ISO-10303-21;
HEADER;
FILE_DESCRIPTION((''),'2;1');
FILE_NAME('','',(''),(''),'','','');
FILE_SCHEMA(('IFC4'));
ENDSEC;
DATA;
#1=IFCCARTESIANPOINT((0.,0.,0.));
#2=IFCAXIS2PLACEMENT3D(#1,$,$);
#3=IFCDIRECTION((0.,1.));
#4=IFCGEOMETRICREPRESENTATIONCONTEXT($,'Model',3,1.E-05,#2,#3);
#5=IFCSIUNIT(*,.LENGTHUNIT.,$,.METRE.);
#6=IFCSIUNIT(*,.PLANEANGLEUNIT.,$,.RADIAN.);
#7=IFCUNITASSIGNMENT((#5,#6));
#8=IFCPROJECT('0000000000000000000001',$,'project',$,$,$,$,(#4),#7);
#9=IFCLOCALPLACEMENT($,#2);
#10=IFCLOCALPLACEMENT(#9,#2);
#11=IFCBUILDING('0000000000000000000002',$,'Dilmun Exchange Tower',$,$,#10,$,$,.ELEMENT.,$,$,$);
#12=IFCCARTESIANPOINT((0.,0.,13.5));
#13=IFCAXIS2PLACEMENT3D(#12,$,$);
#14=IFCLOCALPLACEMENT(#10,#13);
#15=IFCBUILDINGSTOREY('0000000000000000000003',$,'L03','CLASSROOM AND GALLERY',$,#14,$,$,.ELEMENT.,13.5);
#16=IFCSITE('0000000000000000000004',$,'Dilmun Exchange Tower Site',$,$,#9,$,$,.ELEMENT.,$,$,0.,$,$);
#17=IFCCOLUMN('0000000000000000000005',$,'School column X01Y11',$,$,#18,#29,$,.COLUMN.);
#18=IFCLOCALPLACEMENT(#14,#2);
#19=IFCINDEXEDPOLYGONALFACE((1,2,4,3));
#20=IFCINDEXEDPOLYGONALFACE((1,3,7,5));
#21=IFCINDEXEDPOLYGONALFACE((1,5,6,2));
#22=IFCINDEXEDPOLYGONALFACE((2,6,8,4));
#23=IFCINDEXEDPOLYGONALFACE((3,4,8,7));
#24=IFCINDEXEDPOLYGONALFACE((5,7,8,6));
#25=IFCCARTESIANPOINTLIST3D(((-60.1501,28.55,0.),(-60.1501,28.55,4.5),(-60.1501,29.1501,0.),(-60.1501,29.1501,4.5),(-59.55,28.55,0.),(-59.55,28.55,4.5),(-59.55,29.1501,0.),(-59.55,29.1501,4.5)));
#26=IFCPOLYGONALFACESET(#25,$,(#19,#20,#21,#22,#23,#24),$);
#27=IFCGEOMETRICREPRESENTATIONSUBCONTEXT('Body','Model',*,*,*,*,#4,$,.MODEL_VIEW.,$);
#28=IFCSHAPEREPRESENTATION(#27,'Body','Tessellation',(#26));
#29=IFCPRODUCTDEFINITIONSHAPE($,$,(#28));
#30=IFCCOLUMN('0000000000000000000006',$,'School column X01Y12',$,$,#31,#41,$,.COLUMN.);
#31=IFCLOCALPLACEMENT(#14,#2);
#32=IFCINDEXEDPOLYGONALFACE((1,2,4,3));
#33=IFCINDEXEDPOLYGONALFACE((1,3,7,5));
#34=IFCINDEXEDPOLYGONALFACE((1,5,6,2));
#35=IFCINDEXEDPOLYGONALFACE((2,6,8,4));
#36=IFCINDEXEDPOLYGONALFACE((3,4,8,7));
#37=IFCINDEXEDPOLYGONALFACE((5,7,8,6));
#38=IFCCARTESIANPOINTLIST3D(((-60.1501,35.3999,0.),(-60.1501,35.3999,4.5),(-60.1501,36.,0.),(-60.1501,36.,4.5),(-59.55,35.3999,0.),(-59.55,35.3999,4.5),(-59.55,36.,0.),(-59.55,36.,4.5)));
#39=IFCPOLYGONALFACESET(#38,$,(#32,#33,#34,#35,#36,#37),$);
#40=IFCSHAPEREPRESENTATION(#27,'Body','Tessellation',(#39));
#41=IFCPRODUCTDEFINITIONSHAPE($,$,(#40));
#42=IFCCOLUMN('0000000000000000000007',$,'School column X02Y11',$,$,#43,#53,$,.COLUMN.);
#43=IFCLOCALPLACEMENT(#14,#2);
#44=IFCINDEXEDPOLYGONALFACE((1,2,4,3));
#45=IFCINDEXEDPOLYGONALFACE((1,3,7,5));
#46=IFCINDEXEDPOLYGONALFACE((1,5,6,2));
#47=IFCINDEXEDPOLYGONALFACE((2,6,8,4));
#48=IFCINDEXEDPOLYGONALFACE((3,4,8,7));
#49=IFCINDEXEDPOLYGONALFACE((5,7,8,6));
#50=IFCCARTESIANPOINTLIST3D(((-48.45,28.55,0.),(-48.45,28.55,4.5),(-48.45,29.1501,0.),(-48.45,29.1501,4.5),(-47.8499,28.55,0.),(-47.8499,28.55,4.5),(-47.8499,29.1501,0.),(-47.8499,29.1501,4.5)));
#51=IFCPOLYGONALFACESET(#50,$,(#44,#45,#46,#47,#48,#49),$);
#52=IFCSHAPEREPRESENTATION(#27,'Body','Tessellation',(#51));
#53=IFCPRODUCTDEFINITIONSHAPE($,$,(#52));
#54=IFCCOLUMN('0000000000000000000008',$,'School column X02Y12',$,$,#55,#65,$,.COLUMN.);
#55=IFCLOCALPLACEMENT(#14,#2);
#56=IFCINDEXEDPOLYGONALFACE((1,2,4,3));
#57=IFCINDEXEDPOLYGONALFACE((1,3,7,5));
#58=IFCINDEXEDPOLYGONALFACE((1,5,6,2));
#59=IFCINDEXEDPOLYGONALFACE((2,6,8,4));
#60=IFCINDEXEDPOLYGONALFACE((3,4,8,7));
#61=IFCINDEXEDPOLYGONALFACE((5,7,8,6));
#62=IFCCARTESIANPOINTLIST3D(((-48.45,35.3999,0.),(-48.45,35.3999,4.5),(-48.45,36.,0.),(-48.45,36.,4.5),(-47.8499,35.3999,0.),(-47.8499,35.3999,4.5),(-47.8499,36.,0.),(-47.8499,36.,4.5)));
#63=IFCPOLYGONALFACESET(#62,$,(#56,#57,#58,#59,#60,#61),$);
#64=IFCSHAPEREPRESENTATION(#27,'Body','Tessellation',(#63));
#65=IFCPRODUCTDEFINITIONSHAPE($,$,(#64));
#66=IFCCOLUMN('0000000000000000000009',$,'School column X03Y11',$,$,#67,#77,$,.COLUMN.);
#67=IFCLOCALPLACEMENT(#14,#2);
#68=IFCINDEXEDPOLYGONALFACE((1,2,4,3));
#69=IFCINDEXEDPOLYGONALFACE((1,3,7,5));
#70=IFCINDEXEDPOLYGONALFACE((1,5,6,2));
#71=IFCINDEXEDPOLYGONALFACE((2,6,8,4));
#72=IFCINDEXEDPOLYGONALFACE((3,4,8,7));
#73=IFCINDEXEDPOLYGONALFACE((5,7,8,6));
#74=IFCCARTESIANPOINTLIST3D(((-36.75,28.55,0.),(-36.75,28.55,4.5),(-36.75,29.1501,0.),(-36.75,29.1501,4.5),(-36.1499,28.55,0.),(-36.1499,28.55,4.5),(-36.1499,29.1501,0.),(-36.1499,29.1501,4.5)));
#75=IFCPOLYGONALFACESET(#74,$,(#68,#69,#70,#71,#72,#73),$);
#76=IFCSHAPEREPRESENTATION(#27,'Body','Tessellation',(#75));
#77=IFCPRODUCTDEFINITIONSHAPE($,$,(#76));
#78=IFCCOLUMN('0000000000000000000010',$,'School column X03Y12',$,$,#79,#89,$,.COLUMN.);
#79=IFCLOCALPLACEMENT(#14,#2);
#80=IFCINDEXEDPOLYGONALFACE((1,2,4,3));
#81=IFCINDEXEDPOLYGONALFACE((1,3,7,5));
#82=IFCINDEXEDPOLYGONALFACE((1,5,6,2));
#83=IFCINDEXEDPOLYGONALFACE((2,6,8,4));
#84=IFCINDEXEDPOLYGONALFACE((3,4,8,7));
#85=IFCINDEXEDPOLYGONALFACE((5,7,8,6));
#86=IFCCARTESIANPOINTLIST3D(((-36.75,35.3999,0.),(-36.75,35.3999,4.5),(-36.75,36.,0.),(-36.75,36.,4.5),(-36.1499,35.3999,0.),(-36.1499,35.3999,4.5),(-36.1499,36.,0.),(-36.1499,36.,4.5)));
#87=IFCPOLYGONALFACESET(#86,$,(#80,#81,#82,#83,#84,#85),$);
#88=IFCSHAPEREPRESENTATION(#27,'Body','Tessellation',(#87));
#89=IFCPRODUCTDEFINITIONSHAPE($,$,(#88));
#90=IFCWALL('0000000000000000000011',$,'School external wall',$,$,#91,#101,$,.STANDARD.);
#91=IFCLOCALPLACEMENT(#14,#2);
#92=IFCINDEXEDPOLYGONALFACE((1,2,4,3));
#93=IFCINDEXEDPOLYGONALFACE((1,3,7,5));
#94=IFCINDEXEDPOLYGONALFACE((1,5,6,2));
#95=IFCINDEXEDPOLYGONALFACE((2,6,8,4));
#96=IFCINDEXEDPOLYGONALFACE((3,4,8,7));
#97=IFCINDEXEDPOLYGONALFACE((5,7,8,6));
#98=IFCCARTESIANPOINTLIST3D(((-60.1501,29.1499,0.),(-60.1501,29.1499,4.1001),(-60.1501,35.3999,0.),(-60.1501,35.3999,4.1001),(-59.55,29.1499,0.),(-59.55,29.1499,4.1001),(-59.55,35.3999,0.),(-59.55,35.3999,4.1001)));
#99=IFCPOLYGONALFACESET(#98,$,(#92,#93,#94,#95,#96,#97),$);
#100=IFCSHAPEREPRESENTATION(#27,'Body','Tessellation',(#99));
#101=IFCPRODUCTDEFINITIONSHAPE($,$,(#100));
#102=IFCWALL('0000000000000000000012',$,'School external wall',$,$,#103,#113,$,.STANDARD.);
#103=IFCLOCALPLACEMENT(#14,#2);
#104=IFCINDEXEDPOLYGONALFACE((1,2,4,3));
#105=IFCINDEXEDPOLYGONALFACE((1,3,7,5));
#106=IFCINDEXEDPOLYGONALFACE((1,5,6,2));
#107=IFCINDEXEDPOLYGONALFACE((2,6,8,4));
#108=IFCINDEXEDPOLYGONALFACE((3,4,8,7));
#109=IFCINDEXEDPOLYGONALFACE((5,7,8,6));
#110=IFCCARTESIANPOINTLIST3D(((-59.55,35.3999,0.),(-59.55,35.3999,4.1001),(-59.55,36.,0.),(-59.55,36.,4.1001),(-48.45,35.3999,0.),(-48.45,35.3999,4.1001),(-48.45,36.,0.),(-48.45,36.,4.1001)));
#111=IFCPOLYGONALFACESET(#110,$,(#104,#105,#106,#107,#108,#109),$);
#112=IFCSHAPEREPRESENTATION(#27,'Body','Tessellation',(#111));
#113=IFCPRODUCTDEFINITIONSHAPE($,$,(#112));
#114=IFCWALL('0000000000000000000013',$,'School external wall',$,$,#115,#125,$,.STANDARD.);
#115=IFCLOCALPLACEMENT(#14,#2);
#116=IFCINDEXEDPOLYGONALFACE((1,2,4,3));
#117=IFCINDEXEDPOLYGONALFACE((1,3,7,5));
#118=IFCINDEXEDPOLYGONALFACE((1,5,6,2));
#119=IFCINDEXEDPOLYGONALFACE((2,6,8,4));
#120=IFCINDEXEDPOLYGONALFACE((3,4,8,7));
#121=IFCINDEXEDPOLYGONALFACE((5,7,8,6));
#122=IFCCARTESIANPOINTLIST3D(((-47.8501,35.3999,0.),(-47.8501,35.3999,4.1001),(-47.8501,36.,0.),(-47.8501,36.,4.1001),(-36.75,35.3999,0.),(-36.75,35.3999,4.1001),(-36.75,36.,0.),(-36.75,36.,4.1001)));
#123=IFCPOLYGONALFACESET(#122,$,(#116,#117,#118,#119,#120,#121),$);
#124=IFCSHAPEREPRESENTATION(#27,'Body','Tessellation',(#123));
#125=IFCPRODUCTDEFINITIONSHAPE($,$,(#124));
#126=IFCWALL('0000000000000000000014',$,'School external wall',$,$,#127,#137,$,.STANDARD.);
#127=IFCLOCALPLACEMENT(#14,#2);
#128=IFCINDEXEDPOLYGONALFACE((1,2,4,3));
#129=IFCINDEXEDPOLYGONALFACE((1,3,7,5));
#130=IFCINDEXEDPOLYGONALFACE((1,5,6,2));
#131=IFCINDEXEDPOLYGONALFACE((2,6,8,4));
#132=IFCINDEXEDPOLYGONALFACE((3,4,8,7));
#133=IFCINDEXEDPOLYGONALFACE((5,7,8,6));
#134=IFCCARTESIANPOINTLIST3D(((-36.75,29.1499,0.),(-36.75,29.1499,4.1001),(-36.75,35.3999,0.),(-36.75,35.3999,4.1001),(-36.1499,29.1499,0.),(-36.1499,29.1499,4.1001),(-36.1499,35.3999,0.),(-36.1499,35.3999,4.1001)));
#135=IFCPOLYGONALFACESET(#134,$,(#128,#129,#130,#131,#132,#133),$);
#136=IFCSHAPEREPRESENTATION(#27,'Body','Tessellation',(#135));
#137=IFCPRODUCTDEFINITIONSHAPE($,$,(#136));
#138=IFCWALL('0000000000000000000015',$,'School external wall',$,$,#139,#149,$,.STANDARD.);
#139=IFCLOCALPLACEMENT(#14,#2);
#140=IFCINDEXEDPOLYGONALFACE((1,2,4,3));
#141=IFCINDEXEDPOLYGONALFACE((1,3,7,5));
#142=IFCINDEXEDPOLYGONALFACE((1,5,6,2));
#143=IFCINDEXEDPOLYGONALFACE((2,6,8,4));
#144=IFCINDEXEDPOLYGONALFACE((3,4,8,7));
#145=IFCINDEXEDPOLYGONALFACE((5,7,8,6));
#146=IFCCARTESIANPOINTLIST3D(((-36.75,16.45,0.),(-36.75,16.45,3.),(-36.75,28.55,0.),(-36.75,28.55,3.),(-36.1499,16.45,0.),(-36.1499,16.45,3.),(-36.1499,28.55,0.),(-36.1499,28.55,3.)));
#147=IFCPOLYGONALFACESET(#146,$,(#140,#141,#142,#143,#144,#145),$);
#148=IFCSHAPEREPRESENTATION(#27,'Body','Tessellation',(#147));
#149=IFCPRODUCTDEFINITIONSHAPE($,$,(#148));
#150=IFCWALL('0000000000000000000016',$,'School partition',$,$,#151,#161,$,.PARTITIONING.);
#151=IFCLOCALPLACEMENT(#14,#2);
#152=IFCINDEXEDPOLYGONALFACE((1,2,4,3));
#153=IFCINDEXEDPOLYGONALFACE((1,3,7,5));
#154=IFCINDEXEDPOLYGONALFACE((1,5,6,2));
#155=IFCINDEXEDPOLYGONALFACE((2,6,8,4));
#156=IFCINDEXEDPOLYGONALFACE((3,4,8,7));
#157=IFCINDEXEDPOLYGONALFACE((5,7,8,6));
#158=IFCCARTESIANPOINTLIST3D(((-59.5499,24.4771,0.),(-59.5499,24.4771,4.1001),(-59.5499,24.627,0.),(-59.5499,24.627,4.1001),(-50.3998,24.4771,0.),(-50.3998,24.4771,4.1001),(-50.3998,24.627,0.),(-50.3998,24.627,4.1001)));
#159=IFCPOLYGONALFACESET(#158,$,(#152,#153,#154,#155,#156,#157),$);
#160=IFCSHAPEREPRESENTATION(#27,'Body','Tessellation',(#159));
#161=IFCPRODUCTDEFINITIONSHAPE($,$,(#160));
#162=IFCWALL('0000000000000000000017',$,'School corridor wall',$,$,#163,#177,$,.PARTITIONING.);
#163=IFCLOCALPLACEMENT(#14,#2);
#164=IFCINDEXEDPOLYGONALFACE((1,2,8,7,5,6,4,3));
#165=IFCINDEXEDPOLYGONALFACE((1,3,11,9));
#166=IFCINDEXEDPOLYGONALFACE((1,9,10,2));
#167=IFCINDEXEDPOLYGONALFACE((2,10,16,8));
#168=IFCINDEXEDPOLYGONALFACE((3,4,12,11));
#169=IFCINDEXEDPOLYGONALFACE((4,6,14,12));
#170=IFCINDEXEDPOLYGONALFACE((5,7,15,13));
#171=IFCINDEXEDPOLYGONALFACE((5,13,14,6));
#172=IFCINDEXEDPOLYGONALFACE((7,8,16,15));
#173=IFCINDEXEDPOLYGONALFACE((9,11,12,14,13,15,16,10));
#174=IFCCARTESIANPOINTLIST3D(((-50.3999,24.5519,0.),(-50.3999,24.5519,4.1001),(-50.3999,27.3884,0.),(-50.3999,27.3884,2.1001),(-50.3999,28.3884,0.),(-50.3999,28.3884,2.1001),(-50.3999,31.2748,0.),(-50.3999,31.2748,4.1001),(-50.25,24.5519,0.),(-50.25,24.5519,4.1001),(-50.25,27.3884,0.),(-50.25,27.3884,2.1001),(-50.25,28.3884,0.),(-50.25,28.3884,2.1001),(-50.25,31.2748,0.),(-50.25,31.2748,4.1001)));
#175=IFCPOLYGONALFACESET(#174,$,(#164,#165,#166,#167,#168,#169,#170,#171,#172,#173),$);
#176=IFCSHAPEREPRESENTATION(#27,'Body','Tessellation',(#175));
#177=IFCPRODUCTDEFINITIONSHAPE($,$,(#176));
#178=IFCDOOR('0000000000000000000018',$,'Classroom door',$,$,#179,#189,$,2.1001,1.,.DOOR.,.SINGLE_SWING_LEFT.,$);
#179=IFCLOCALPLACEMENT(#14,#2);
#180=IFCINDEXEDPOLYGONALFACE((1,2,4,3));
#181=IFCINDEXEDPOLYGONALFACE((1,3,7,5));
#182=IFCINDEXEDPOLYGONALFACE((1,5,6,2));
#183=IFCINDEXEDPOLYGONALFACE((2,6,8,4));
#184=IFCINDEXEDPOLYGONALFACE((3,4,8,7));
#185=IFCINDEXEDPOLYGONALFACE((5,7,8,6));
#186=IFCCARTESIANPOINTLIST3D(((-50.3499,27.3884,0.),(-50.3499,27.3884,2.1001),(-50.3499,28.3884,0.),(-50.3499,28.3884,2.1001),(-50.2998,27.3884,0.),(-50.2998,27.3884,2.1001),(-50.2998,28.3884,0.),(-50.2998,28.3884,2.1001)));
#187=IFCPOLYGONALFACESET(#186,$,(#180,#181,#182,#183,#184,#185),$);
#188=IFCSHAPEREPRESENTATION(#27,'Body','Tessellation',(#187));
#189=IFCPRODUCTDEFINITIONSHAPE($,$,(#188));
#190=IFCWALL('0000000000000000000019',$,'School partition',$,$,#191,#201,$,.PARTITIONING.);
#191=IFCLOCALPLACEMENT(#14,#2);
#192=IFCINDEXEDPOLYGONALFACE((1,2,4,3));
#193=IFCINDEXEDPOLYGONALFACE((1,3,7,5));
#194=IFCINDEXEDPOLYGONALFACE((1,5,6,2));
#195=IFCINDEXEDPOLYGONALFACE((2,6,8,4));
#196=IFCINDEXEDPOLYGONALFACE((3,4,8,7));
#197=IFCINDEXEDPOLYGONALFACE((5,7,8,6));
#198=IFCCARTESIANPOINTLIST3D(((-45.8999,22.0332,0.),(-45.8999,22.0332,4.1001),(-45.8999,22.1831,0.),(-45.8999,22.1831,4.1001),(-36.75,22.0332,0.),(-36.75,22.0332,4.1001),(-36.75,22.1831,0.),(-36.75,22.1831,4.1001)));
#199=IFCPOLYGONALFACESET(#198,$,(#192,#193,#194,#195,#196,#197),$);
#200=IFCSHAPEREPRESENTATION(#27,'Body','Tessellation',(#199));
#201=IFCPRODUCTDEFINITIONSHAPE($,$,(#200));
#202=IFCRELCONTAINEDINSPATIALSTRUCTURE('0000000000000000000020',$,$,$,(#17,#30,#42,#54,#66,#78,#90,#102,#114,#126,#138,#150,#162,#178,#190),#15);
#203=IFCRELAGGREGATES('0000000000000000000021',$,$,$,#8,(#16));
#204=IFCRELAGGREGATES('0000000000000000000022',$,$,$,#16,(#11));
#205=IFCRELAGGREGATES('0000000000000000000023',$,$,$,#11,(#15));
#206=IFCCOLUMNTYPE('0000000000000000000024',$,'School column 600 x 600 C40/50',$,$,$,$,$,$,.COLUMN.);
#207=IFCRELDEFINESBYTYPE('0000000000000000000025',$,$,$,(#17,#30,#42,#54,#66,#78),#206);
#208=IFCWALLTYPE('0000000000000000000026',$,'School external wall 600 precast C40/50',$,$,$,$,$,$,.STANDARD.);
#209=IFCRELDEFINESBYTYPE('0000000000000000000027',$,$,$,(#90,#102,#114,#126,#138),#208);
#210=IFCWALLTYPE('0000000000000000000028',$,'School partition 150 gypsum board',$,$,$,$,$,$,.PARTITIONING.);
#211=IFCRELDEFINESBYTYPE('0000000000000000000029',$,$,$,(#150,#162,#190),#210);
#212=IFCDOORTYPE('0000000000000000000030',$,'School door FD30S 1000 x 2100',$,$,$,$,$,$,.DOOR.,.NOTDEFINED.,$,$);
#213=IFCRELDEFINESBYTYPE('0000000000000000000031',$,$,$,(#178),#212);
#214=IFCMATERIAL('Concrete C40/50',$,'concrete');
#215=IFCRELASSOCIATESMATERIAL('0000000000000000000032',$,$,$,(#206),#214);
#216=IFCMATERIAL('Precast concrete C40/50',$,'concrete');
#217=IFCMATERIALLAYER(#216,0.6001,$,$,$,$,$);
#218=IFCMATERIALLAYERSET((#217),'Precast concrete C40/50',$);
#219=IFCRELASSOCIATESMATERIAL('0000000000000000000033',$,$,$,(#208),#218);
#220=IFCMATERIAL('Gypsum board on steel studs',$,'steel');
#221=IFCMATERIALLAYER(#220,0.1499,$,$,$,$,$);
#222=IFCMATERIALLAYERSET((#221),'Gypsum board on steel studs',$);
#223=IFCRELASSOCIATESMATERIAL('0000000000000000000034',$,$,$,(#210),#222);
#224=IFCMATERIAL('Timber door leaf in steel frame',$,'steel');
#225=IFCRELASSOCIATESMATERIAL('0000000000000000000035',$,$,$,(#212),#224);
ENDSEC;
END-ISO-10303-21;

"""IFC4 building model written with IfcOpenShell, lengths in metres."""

from ifc_helpers import new_model, si_unit, direction, frame, frame_2d, origin, origin_2d, place, context, subcontext, project, spatial, rectangle, extrude, material, layer, layer_set, material_profile, profile_set, type_object, element, fill, save


model = new_model("IFC4")

# Units and contexts
model_context = context("Model", 3, precision=1e-05, world=origin(), true_north=direction((0.0, 1.0)))
body_context = subcontext(model_context, "Body", "Model", "MODEL_VIEW")
ifc_project = project(units=[si_unit("LENGTHUNIT", "METRE"), si_unit("PLANEANGLEUNIT", "RADIAN")], contexts=[model_context])

# Site, building, storey
site_placement = place(None, origin())
site = spatial("IfcSite", under=ifc_project, at=site_placement, Name="Dilmun Exchange Tower Site", CompositionType="ELEMENT", RefElevation=0.0)
building_placement = place(site_placement, origin())
building = spatial("IfcBuilding", under=site, at=building_placement, Name="Dilmun Exchange Tower", CompositionType="ELEMENT")
storey_placement = place(building_placement, frame((0.0, 0.0, 13.5)))
storey = spatial("IfcBuildingStorey", under=building, at=storey_placement, Name="L03", Description="CLASSROOM AND GALLERY", CompositionType="ELEMENT", Elevation=13.5)

# Columns
ifc_material_1 = material(Name="Concrete C40/50", Category="concrete")
ifc_material_profile = material_profile(ifc_material_1, rectangle(XDim=0.6001, YDim=0.6001, at=origin_2d()), Name="600 x 600")
ifc_profile_set = profile_set([ifc_material_profile], Name="Concrete C40/50")
column_type = type_object("IfcColumnType", Name="School column 600 x 600 C40/50", PredefinedType="COLUMN", material=ifc_profile_set)
for number, where, z_axis, x_axis, name in (
    (1, (-59.8501, 28.8501, 0.0), (0.0, 0.0, 1.0), (1.0, 0.0, 0.0), "School column X01Y11"),
    (2, (-59.8501, 35.7, 0.0), (0.0, 0.0, 1.0), (1.0, 0.0, 0.0), "School column X01Y12"),
    (3, (-48.1499, 28.8501, 0.0), (0.0, 0.0, 1.0), (1.0, 0.0, 0.0), "School column X02Y11"),
    (4, (-48.1499, 35.7, 0.0), (0.0, 0.0, 1.0), (1.0, 0.0, 0.0), "School column X02Y12"),
    (5, (-36.45, 28.8501, 0.0), (0.0, 0.0, 1.0), (1.0, 0.0, 0.0), "School column X03Y11"),
    (6, (-36.45, 35.7, 0.0), (0.0, 0.0, 1.0), (1.0, 0.0, 0.0), "School column X03Y12"),
):
    element("IfcColumn", number, at=place(storey_placement, frame(where, z_axis=z_axis, x_axis=x_axis)), inside=storey, type_object=column_type, Name=name, PredefinedType="COLUMN", context=body_context, shape_type="SweptSolid", body=[
        extrude(rectangle(XDim=0.6001, YDim=0.6001, at=origin_2d()), origin(), (0.0, 0.0, 1.0), 4.5),
    ])

# Walls
ifc_material_2 = material(Name="Precast concrete C40/50", Category="concrete")
ifc_layer_1 = layer(ifc_material_2, 0.6001)
ifc_layer_set_1 = layer_set([ifc_layer_1], Name="Precast concrete C40/50")
wall_type_1 = type_object("IfcWallType", Name="School external wall 600 precast C40/50", PredefinedType="STANDARD", material=ifc_layer_set_1)
wall_1_placement = place(storey_placement, frame((-59.8501, 29.1499, 0.0), z_axis=(0.0, 0.0, 1.0), x_axis=(0.0, 1.0, 0.0)))
element("IfcWall", 7, at=wall_1_placement, inside=storey, type_object=wall_type_1, Name="School external wall", PredefinedType="STANDARD", context=body_context, shape_type="SweptSolid", body=[
    extrude(rectangle(XDim=6.25, YDim=0.6001, at=frame_2d((3.125, 0.0))), origin(), (0.0, 0.0, 1.0), 4.1001),
])
for number, where, z_axis, x_axis, name in (
    (8, (-59.55, 35.7, 0.0), (0.0, 0.0, 1.0), (1.0, 0.0, 0.0), "School external wall"),
    (9, (-47.8501, 35.7, 0.0), (0.0, 0.0, 1.0), (1.0, 0.0, 0.0), "School external wall"),
):
    element("IfcWall", number, at=place(storey_placement, frame(where, z_axis=z_axis, x_axis=x_axis)), inside=storey, type_object=wall_type_1, Name=name, PredefinedType="STANDARD", context=body_context, shape_type="SweptSolid", body=[
        extrude(rectangle(XDim=11.1001, YDim=0.6001, at=frame_2d((5.55, 0.0))), origin(), (0.0, 0.0, 1.0), 4.1001),
    ])
wall_2_placement = place(storey_placement, frame((-36.45, 35.3999, 0.0), z_axis=(0.0, 0.0, 1.0), x_axis=(0.0, -1.0, 0.0)))
element("IfcWall", 10, at=wall_2_placement, inside=storey, type_object=wall_type_1, Name="School external wall", PredefinedType="STANDARD", context=body_context, shape_type="SweptSolid", body=[
    extrude(rectangle(XDim=6.25, YDim=0.6001, at=frame_2d((3.125, 0.0))), origin(), (0.0, 0.0, 1.0), 4.1001),
])
wall_3_placement = place(storey_placement, frame((-36.45, 28.55, 0.0), z_axis=(0.0, 0.0, 1.0), x_axis=(0.0, -1.0, 0.0)))
element("IfcWall", 11, at=wall_3_placement, inside=storey, type_object=wall_type_1, Name="School external wall", PredefinedType="STANDARD", context=body_context, shape_type="SweptSolid", body=[
    extrude(rectangle(XDim=12.1001, YDim=0.6001, at=frame_2d((6.05, 0.0))), origin(), (0.0, 0.0, 1.0), 3.0),
])
ifc_material_3 = material(Name="Gypsum board on steel studs", Category="steel")
ifc_layer_2 = layer(ifc_material_3, 0.1499)
ifc_layer_set_2 = layer_set([ifc_layer_2], Name="Gypsum board on steel studs")
wall_type_2 = type_object("IfcWallType", Name="School partition 150 gypsum board", PredefinedType="PARTITIONING", material=ifc_layer_set_2)
wall_4_placement = place(storey_placement, frame((-59.55, 24.552, 0.0), z_axis=(0.0, 0.0, 1.0), x_axis=(1.0, 0.0, 0.0)))
element("IfcWall", 12, at=wall_4_placement, inside=storey, type_object=wall_type_2, Name="School partition", PredefinedType="PARTITIONING", context=body_context, shape_type="SweptSolid", body=[
    extrude(rectangle(XDim=9.1501, YDim=0.1499, at=frame_2d((4.5752, 0.0))), origin(), (0.0, 0.0, 1.0), 4.1001),
])

# Wall, opening, door
wall_5_placement = place(storey_placement, frame((-50.325, 24.552, 0.0), z_axis=(0.0, 0.0, 1.0), x_axis=(0.0, 1.0, 0.0)))
wall_5 = element("IfcWall", 13, at=wall_5_placement, inside=storey, type_object=wall_type_2, Name="School corridor wall", PredefinedType="PARTITIONING", context=body_context, shape_type="SweptSolid", body=[
    extrude(rectangle(XDim=6.7229, YDim=0.1499, at=frame_2d((3.3613, 0.0))), origin(), (0.0, 0.0, 1.0), 4.1001),
])
opening_1_placement = place(wall_5_placement, frame((2.8364, 0.0, 0.0)))
opening_1 = element("IfcOpeningElement", 14, at=opening_1_placement, cuts=wall_5, PredefinedType="OPENING", context=body_context, shape_type="SweptSolid", body=[
    extrude(rectangle(XDim=1.0, YDim=2.1001, at=frame_2d((0.5, 1.05))), frame((0.0, 0.085, 0.0), z_axis=(0.0, -1.0, 0.0), x_axis=(1.0, 0.0, 0.0)), (0.0, 0.0, 1.0), 0.1699),
])
ifc_material_4 = material(Name="Timber door leaf in steel frame", Category="steel")
door_type_1 = type_object("IfcDoorType", Name="School door FD30S 1000 x 2100", OperationType="NOTDEFINED", PredefinedType="DOOR", material=ifc_material_4)
door_1_placement = place(opening_1_placement, origin())
door_1 = element("IfcDoor", 15, at=door_1_placement, inside=storey, type_object=door_type_1, Name="Classroom door", OperationType="SINGLE_SWING_LEFT", OverallHeight=2.1001, OverallWidth=1.0, PredefinedType="DOOR", context=body_context, shape_type="SweptSolid", body=[
    extrude(rectangle(XDim=1.0, YDim=2.1001, at=frame_2d((0.5, 1.05))), frame((0.0, 0.0249, 0.0), z_axis=(0.0, -1.0, 0.0), x_axis=(1.0, 0.0, 0.0)), (0.0, 0.0, 1.0), 0.05),
])
fill(opening_1, door_1)

# Wall
for number, where, z_axis, x_axis, name in (
    (16, (-45.8999, 22.1082, 0.0), (0.0, 0.0, 1.0), (1.0, 0.0, 0.0), "School partition"),
):
    element("IfcWall", number, at=place(storey_placement, frame(where, z_axis=z_axis, x_axis=x_axis)), inside=storey, type_object=wall_type_2, Name=name, PredefinedType="PARTITIONING", context=body_context, shape_type="SweptSolid", body=[
        extrude(rectangle(XDim=9.1499, YDim=0.1499, at=frame_2d((4.575, 0.0))), origin(), (0.0, 0.0, 1.0), 4.1001),
    ])

save(model, "model.ifc")
